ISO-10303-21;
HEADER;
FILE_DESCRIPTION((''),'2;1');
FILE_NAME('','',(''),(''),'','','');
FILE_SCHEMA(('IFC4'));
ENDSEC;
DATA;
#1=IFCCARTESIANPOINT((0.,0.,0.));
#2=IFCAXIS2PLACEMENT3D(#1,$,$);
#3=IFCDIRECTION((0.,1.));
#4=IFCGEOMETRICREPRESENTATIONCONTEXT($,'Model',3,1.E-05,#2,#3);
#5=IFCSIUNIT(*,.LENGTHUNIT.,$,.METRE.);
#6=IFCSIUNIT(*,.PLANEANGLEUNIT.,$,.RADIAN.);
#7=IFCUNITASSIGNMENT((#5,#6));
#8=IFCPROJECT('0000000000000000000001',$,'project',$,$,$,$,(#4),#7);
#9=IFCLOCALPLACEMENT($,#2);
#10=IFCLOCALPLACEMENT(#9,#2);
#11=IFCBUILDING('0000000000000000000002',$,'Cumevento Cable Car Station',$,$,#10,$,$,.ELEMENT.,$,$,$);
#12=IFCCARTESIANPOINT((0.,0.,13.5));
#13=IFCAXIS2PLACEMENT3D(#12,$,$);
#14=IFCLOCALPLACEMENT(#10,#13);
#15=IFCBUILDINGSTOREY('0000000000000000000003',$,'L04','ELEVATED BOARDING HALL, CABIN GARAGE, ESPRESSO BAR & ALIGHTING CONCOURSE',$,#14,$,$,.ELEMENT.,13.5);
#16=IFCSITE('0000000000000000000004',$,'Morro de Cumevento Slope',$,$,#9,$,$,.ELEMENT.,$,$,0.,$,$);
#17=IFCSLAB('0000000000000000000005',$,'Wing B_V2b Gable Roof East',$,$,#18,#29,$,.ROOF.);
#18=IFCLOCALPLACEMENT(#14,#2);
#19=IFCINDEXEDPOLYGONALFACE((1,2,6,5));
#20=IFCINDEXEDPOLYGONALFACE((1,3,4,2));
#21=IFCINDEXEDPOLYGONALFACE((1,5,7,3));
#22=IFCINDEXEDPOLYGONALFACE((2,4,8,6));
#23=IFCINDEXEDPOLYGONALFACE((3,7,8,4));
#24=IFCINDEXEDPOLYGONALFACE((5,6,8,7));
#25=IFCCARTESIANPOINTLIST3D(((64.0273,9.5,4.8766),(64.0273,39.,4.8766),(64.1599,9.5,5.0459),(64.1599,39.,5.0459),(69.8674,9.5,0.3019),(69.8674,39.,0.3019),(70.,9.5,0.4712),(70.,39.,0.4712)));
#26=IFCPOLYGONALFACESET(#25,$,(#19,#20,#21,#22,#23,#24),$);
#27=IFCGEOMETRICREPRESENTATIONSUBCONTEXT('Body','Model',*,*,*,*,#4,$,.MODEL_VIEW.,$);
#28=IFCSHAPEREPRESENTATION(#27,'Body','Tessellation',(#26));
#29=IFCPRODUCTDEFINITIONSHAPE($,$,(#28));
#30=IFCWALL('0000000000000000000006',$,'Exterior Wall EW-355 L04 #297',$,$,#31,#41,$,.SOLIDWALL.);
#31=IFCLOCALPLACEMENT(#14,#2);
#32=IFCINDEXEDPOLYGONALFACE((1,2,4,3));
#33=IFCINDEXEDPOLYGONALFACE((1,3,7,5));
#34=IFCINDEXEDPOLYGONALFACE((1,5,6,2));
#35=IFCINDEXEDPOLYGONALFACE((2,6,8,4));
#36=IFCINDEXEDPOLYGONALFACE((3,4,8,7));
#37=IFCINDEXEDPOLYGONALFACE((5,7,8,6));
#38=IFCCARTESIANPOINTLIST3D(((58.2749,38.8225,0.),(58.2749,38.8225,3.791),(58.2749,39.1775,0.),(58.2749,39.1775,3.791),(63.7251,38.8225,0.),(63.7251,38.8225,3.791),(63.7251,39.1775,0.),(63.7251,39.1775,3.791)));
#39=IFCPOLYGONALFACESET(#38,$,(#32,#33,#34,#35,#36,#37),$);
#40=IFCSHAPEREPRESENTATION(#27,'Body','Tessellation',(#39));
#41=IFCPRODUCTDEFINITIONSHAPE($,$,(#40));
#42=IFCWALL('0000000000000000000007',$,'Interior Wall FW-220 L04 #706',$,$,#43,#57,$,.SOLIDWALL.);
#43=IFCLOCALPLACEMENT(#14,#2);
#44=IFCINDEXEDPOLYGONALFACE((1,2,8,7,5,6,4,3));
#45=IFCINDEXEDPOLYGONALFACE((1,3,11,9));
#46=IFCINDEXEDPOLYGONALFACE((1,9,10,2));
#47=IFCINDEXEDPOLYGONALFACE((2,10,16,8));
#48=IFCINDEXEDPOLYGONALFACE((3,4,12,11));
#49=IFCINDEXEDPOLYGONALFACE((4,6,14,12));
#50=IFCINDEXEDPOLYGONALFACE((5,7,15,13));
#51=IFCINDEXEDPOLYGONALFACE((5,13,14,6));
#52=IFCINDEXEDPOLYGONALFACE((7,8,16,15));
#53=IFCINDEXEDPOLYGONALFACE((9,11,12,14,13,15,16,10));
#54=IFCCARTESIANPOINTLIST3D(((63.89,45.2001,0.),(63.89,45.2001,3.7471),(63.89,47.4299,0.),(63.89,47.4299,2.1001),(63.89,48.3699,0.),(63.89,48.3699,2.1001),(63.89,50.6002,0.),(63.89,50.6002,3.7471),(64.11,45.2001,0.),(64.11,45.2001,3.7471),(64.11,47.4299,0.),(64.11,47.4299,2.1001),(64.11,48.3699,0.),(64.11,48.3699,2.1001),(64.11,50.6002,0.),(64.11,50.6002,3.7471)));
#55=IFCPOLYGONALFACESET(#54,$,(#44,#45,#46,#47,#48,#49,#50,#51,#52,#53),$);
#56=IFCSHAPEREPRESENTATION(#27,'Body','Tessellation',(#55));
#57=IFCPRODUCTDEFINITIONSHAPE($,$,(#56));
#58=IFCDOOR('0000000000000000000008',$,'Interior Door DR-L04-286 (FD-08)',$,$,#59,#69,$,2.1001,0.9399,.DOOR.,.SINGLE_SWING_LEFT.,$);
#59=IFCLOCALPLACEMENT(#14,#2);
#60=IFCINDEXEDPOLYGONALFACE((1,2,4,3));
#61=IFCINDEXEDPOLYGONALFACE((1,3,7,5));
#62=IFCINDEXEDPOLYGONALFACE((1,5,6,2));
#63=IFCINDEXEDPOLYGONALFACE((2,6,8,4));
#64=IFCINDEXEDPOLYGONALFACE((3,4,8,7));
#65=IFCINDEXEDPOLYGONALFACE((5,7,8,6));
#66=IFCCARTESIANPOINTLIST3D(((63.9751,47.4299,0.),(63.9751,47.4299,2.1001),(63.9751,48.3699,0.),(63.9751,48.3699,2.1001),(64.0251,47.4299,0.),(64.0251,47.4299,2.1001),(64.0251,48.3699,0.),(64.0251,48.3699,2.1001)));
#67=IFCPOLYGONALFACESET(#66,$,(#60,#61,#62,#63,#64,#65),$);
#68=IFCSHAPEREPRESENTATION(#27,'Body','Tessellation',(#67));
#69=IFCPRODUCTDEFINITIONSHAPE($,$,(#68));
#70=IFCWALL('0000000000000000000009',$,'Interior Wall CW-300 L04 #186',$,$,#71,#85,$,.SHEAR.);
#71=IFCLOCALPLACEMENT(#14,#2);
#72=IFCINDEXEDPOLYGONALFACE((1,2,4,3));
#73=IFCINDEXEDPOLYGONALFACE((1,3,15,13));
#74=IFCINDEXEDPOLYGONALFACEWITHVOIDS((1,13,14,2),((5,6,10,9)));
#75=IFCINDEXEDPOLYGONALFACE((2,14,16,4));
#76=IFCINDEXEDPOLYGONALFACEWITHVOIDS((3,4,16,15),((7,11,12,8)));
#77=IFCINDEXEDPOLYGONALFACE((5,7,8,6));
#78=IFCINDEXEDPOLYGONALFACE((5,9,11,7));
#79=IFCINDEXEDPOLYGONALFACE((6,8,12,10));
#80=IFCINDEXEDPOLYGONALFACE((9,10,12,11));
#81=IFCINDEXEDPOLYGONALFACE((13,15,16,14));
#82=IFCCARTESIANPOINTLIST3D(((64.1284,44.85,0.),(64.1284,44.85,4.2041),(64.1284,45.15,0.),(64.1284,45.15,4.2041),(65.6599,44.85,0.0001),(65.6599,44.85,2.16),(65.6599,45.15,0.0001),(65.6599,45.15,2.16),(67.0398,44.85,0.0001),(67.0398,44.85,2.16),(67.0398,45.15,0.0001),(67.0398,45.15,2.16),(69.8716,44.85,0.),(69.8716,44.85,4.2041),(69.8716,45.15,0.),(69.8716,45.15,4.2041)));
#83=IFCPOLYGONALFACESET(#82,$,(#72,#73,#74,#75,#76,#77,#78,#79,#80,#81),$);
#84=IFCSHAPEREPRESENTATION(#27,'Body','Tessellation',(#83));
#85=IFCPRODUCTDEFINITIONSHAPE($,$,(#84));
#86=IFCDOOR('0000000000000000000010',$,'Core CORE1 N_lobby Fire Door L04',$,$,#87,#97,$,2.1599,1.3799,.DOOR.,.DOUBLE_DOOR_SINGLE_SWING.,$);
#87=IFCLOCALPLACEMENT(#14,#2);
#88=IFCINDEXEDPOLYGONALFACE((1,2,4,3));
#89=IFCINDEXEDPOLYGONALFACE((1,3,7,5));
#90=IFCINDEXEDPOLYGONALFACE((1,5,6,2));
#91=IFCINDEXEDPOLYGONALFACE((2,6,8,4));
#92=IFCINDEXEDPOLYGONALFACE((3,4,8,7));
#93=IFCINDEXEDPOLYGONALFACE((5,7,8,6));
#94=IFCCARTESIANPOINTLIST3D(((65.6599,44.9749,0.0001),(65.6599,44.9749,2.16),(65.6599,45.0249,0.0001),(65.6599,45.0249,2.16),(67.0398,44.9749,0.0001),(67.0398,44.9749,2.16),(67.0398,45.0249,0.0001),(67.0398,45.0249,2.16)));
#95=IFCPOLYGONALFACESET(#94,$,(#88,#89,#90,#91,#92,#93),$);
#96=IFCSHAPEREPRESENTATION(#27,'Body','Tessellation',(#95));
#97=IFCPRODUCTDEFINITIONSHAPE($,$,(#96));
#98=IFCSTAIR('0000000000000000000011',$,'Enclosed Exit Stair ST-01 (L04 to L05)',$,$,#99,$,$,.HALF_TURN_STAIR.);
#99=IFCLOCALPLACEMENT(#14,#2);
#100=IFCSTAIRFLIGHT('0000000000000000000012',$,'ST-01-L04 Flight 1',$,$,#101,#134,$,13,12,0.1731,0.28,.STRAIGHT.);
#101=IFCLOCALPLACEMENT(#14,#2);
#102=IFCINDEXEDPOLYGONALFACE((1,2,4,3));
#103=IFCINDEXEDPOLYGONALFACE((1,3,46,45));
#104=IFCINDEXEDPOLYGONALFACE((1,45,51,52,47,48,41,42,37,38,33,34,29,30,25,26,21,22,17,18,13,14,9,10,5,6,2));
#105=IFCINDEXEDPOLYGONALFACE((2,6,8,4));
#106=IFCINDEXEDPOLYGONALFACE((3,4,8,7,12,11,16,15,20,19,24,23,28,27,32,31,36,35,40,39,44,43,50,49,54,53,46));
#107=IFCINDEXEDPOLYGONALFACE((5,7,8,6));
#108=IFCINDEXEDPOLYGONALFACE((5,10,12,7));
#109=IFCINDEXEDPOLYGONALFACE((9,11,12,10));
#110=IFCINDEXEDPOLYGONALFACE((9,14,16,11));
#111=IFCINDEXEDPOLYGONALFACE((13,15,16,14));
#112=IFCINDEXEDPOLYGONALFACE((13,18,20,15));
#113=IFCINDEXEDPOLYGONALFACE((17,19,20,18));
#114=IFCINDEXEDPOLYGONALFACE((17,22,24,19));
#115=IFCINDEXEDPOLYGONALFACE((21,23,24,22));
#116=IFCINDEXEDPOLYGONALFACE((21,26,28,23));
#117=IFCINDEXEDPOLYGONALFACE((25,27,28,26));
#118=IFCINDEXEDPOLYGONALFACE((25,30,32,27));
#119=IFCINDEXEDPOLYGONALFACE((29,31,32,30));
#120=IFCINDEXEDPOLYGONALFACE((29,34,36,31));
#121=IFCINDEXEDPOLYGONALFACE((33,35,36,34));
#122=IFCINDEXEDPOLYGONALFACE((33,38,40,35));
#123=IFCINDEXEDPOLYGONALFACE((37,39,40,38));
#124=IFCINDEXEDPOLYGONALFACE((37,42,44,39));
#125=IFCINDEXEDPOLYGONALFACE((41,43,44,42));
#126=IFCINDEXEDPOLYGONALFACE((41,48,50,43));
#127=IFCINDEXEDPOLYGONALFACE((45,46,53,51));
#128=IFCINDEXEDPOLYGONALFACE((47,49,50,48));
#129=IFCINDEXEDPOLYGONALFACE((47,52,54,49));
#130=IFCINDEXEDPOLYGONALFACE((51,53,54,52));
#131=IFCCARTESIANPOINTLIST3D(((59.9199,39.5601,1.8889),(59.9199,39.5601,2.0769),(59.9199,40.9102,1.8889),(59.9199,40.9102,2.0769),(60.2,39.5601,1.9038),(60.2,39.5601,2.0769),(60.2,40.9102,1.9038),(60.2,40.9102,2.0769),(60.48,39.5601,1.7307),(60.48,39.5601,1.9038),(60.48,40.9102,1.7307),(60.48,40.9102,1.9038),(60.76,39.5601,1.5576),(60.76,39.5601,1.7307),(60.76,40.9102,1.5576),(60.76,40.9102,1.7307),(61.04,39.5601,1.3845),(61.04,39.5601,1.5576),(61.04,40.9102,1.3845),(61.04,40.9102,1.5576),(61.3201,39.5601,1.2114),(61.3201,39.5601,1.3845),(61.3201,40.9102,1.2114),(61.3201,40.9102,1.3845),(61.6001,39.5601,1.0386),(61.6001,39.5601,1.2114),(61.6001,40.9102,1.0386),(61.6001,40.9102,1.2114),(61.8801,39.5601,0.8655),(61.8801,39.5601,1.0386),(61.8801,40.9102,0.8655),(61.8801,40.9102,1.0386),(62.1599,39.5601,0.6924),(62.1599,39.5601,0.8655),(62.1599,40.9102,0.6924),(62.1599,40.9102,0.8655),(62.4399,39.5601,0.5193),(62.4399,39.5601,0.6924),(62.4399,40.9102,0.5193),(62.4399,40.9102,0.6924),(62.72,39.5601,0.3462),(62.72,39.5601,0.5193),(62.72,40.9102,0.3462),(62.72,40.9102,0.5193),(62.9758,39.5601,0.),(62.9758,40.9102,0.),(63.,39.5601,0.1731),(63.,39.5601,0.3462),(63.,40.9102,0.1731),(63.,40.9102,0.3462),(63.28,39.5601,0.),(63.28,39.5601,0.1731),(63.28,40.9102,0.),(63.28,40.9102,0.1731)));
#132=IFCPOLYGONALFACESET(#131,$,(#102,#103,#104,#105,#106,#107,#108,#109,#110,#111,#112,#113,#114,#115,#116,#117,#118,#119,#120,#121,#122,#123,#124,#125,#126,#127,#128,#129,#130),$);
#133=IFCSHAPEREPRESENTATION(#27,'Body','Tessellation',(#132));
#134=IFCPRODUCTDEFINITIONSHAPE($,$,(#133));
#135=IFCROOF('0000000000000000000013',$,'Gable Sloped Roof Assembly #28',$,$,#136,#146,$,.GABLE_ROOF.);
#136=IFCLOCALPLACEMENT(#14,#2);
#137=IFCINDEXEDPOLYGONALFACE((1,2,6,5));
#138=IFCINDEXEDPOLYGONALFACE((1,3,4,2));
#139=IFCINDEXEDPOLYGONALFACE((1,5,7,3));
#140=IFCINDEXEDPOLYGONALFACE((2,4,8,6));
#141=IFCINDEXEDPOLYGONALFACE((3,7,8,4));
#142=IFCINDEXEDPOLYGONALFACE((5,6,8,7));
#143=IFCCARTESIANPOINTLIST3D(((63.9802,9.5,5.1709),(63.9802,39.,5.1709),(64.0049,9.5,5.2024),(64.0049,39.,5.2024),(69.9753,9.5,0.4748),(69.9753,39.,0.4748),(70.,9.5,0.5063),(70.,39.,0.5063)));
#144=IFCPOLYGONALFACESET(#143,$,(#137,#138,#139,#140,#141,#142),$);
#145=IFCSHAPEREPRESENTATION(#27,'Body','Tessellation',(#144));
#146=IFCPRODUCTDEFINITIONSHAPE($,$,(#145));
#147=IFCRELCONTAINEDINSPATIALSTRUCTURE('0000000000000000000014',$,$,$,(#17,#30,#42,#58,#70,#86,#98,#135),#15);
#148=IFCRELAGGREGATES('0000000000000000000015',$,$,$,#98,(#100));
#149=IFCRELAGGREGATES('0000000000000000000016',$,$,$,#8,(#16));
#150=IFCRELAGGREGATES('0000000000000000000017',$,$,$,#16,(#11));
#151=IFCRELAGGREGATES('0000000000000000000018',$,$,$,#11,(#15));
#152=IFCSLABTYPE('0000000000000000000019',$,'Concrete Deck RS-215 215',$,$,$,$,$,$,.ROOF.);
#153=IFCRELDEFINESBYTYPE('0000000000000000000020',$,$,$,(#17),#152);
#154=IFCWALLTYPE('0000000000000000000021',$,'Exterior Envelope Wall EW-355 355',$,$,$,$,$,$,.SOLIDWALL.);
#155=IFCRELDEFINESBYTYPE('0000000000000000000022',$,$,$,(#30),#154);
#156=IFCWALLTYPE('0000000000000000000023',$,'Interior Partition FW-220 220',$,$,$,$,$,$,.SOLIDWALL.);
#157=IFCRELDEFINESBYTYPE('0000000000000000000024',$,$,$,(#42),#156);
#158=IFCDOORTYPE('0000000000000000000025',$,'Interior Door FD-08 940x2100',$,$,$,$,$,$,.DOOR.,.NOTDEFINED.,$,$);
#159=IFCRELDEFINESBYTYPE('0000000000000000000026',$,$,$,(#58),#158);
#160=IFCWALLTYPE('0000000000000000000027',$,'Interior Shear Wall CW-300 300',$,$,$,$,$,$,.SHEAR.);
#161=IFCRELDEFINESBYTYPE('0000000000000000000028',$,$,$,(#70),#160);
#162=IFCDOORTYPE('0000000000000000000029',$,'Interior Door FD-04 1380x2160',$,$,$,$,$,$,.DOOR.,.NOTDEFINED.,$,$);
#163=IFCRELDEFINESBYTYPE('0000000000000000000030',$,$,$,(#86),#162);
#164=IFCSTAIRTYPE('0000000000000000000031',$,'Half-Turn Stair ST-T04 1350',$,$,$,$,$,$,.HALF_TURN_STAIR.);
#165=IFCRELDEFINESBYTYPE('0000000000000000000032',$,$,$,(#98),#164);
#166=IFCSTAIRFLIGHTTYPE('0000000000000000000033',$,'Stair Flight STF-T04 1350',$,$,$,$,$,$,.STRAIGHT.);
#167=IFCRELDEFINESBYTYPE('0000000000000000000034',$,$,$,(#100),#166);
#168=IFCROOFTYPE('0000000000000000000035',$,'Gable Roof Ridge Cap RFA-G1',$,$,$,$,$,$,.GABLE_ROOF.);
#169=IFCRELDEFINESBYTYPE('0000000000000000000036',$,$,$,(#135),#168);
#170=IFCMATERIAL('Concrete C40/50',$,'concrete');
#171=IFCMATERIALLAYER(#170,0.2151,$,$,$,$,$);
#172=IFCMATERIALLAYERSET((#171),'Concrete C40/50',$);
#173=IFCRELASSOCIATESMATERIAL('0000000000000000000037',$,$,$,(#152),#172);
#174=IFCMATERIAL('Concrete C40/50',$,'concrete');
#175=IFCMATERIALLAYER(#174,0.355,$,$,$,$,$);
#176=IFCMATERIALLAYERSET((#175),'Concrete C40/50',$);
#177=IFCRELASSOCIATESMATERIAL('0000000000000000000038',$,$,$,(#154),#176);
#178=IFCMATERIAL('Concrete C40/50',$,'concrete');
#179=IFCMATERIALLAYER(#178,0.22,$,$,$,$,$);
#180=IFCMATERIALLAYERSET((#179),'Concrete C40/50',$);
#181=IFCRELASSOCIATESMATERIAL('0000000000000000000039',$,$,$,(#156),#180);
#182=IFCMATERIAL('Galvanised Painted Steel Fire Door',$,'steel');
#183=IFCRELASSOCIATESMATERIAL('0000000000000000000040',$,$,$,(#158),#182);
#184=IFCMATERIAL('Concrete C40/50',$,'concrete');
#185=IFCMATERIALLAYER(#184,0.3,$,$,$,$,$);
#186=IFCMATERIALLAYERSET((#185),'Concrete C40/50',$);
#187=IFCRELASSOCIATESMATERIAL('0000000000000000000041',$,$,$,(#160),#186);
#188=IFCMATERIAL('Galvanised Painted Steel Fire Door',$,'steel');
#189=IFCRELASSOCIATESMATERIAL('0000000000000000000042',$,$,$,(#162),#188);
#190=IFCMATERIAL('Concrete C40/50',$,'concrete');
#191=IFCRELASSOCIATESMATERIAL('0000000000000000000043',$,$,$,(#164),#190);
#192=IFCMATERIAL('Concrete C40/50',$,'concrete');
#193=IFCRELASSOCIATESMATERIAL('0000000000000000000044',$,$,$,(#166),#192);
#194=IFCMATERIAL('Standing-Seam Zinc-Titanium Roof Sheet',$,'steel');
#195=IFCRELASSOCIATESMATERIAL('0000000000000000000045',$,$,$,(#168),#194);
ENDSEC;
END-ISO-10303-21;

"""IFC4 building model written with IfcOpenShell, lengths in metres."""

from ifc_helpers import new_model, si_unit, direction, frame, frame_2d, origin, place, context, subcontext, project, spatial, polyline, rectangle, outline, extrude, material, layer, layer_set, type_object, element, fill, aggregate, save


model = new_model("IFC4")

# Units and contexts
model_context = context("Model", 3, precision=1e-05, world=origin(), true_north=direction((0.0, 1.0)))
body_context = subcontext(model_context, "Body", "Model", "MODEL_VIEW")
ifc_project = project(units=[si_unit("LENGTHUNIT", "METRE"), si_unit("PLANEANGLEUNIT", "RADIAN")], contexts=[model_context])

# Site, building, storey
site_placement = place(None, origin())
site = spatial("IfcSite", under=ifc_project, at=site_placement, Name="Morro de Cumevento Slope", CompositionType="ELEMENT", RefElevation=0.0)
building_placement = place(site_placement, origin())
building = spatial("IfcBuilding", under=site, at=building_placement, Name="Cumevento Cable Car Station", CompositionType="ELEMENT")
storey_placement = place(building_placement, frame((0.0, 0.0, 13.5)))
storey = spatial("IfcBuildingStorey", under=building, at=storey_placement, Name="L04", Description="ELEVATED BOARDING HALL, CABIN GARAGE, ESPRESSO BAR & ALIGHTING CONCOURSE", CompositionType="ELEMENT", Elevation=13.5)

# Slab
ifc_material_1 = material(Name="Concrete C40/50", Category="concrete")
ifc_layer_1 = layer(ifc_material_1, 0.2151)
ifc_layer_set_1 = layer_set([ifc_layer_1], Name="Concrete C40/50")
slab_type = type_object("IfcSlabType", Name="Concrete Deck RS-215 215", PredefinedType="ROOF", material=ifc_layer_set_1)
slab_placement = place(storey_placement, frame((64.1599, 39.0, 5.0459), z_axis=(0.61666, 0.0, 0.78723), x_axis=(0.0, -1.0, 0.0)))
element("IfcSlab", 1, at=slab_placement, inside=storey, type_object=slab_type, Name="Wing B_V2b Gable Roof East", PredefinedType="ROOF", context=body_context, shape_type="SweptSolid", body=[
    extrude(outline(polyline([(0.0, 0.0), (29.5, 0.0), (29.5, 7.4185), (0.0, 7.4185), (0.0, 0.0)])), origin(), (0.0, 0.0, -1.0), 0.2151),
])

# Wall
ifc_material_2 = material(Name="Concrete C40/50", Category="concrete")
ifc_layer_2 = layer(ifc_material_2, 0.355)
ifc_layer_set_2 = layer_set([ifc_layer_2], Name="Concrete C40/50")
wall_type_1 = type_object("IfcWallType", Name="Exterior Envelope Wall EW-355 355", PredefinedType="SOLIDWALL", material=ifc_layer_set_2)
wall_1_placement = place(storey_placement, frame((63.7251, 39.0, 0.0), z_axis=(0.0, 0.0, 1.0), x_axis=(-1.0, 0.0, 0.0)))
element("IfcWall", 2, at=wall_1_placement, inside=storey, type_object=wall_type_1, Name="Exterior Wall EW-355 L04 #297", PredefinedType="SOLIDWALL", context=body_context, shape_type="SweptSolid", body=[
    extrude(rectangle(XDim=5.4502, YDim=0.355, at=frame_2d((2.7251, 0.0))), origin(), (0.0, 0.0, 1.0), 3.791),
])

# Wall, opening, door
ifc_material_3 = material(Name="Concrete C40/50", Category="concrete")
ifc_layer_3 = layer(ifc_material_3, 0.22)
ifc_layer_set_3 = layer_set([ifc_layer_3], Name="Concrete C40/50")
wall_type_2 = type_object("IfcWallType", Name="Interior Partition FW-220 220", PredefinedType="SOLIDWALL", material=ifc_layer_set_3)
wall_2_placement = place(storey_placement, frame((64.0, 45.2, 0.0), z_axis=(0.0, 0.0, 1.0), x_axis=(0.0, 1.0, 0.0)))
wall_2 = element("IfcWall", 3, at=wall_2_placement, inside=storey, type_object=wall_type_2, Name="Interior Wall FW-220 L04 #706", PredefinedType="SOLIDWALL", context=body_context, shape_type="SweptSolid", body=[
    extrude(rectangle(XDim=5.4001, YDim=0.22, at=frame_2d((2.7002, 0.0))), origin(), (0.0, 0.0, 1.0), 3.7471),
])
opening_1_placement = place(wall_2_placement, frame((2.23, 0.0, 0.0)))
opening_1 = element("IfcOpeningElement", 4, at=opening_1_placement, cuts=wall_2, PredefinedType="OPENING", context=body_context, shape_type="SweptSolid", body=[
    extrude(rectangle(XDim=0.9399, YDim=2.1001, at=frame_2d((0.47, 1.05))), frame((0.0, 0.1199, 0.0), z_axis=(0.0, -1.0, 0.0), x_axis=(1.0, 0.0, 0.0)), (0.0, 0.0, 1.0), 0.24),
])
ifc_material_4 = material(Name="Galvanised Painted Steel Fire Door", Category="steel")
door_type_1 = type_object("IfcDoorType", Name="Interior Door FD-08 940x2100", OperationType="NOTDEFINED", PredefinedType="DOOR", material=ifc_material_4)
door_1_placement = place(opening_1_placement, origin())
door_1 = element("IfcDoor", 5, at=door_1_placement, inside=storey, type_object=door_type_1, Name="Interior Door DR-L04-286 (FD-08)", OperationType="SINGLE_SWING_LEFT", OverallHeight=2.1001, OverallWidth=0.9399, PredefinedType="DOOR", context=body_context, shape_type="SweptSolid", body=[
    extrude(rectangle(XDim=0.9399, YDim=2.1001, at=frame_2d((0.47, 1.05))), frame((0.0, 0.0249, 0.0), z_axis=(0.0, -1.0, 0.0), x_axis=(1.0, 0.0, 0.0)), (0.0, 0.0, 1.0), 0.05),
])
fill(opening_1, door_1)

# Wall, opening, door
ifc_material_5 = material(Name="Concrete C40/50", Category="concrete")
ifc_layer_4 = layer(ifc_material_5, 0.3)
ifc_layer_set_4 = layer_set([ifc_layer_4], Name="Concrete C40/50")
wall_type_3 = type_object("IfcWallType", Name="Interior Shear Wall CW-300 300", PredefinedType="SHEAR", material=ifc_layer_set_4)
wall_3_placement = place(storey_placement, frame((64.1284, 45.0, 0.0), z_axis=(0.0, 0.0, 1.0), x_axis=(1.0, 0.0, 0.0)))
wall_3 = element("IfcWall", 6, at=wall_3_placement, inside=storey, type_object=wall_type_3, Name="Interior Wall CW-300 L04 #186", PredefinedType="SHEAR", context=body_context, shape_type="SweptSolid", body=[
    extrude(rectangle(XDim=5.7432, YDim=0.3, at=frame_2d((2.8716, 0.0))), origin(), (0.0, 0.0, 1.0), 4.2041),
])
opening_2_placement = place(wall_3_placement, frame((1.5315, 0.0, 0.0)))
opening_2 = element("IfcOpeningElement", 7, at=opening_2_placement, cuts=wall_3, PredefinedType="OPENING", context=body_context, shape_type="SweptSolid", body=[
    extrude(rectangle(XDim=1.3799, YDim=2.1599, at=frame_2d((0.6899, 1.0801))), frame((0.0, 0.1599, 0.0), z_axis=(0.0, -1.0, 0.0), x_axis=(1.0, 0.0, 0.0)), (0.0, 0.0, 1.0), 0.3201),
])
ifc_material_6 = material(Name="Galvanised Painted Steel Fire Door", Category="steel")
door_type_2 = type_object("IfcDoorType", Name="Interior Door FD-04 1380x2160", OperationType="NOTDEFINED", PredefinedType="DOOR", material=ifc_material_6)
door_2_placement = place(opening_2_placement, origin())
door_2 = element("IfcDoor", 8, at=door_2_placement, inside=storey, type_object=door_type_2, Name="Core CORE1 N_lobby Fire Door L04", OperationType="DOUBLE_DOOR_SINGLE_SWING", OverallHeight=2.1599, OverallWidth=1.3799, PredefinedType="DOOR", context=body_context, shape_type="SweptSolid", body=[
    extrude(rectangle(XDim=1.3799, YDim=2.1599, at=frame_2d((0.6899, 1.0801))), frame((0.0, 0.0249, 0.0), z_axis=(0.0, -1.0, 0.0), x_axis=(1.0, 0.0, 0.0)), (0.0, 0.0, 1.0), 0.05),
])
fill(opening_2, door_2)

# Stair, stair flight
ifc_material_7 = material(Name="Concrete C40/50", Category="concrete")
stair_type = type_object("IfcStairType", Name="Half-Turn Stair ST-T04 1350", PredefinedType="HALF_TURN_STAIR", material=ifc_material_7)
stair_placement = place(storey_placement, origin())
stair = element("IfcStair", 9, at=stair_placement, inside=storey, type_object=stair_type, Name="Enclosed Exit Stair ST-01 (L04 to L05)", PredefinedType="HALF_TURN_STAIR")
ifc_material_8 = material(Name="Concrete C40/50", Category="concrete")
stair_flight_type = type_object("IfcStairFlightType", Name="Stair Flight STF-T04 1350", PredefinedType="STRAIGHT", material=ifc_material_8)
stair_flight_placement = place(storey_placement, frame((63.28, 40.2351, 0.0), z_axis=(0.0, 0.0, 1.0), x_axis=(-1.0, 0.0, 0.0)))
stair_flight = element("IfcStairFlight", 10, at=stair_flight_placement, type_object=stair_flight_type, Name="ST-01-L04 Flight 1", NumberOfRisers=13, NumberOfTreads=12, PredefinedType="STRAIGHT", RiserHeight=0.1731, TreadLength=0.28, context=body_context, shape_type="SweptSolid", body=[
    extrude(outline(polyline([(0.0, 0.0), (0.0, 0.1731), (0.28, 0.1731), (0.28, 0.3462), (0.5601, 0.3462), (0.5601, 0.5193), (0.8401, 0.5193), (0.8401, 0.6924), (1.1201, 0.6924), (1.1201, 0.8655), (1.3999, 0.8655), (1.3999, 1.0386), (1.6799, 1.0386), (1.6799, 1.2114), (1.96, 1.2114), (1.96, 1.3845), (2.24, 1.3845), (2.24, 1.5576), (2.52, 1.5576), (2.52, 1.7307), (2.8, 1.7307), (2.8, 1.9038), (3.0801, 1.9038), (3.0801, 2.0769), (3.3601, 2.0769), (3.3601, 2.25), (3.3601, 1.8889), (0.3042, 0.0), (0.0, 0.0)])), frame((0.0, 0.675, 0.0), z_axis=(0.0, -1.0, 0.0), x_axis=(1.0, 0.0, 0.0)), (0.0, 0.0, 1.0), 1.3501),
])
aggregate(stair, [stair_flight])

# Roof
ifc_material_9 = material(Name="Standing-Seam Zinc-Titanium Roof Sheet", Category="steel")
roof_type = type_object("IfcRoofType", Name="Gable Roof Ridge Cap RFA-G1", PredefinedType="GABLE_ROOF", material=ifc_material_9)
roof_placement = place(storey_placement, frame((64.0049, 39.0, 5.2024), z_axis=(0.616651, 0.0, 0.787236), x_axis=(0.0, -1.0, 0.0)))
element("IfcRoof", 11, at=roof_placement, inside=storey, type_object=roof_type, Name="Gable Sloped Roof Assembly #28", PredefinedType="GABLE_ROOF", context=body_context, shape_type="SweptSolid", body=[
    extrude(outline(polyline([(0.0, 0.0), (29.5, 0.0), (29.5, 7.6154), (0.0, 7.6154), (0.0, 0.0)])), origin(), (0.0, 0.0, -1.0), 0.04),
])

save(model, "model.ifc")
